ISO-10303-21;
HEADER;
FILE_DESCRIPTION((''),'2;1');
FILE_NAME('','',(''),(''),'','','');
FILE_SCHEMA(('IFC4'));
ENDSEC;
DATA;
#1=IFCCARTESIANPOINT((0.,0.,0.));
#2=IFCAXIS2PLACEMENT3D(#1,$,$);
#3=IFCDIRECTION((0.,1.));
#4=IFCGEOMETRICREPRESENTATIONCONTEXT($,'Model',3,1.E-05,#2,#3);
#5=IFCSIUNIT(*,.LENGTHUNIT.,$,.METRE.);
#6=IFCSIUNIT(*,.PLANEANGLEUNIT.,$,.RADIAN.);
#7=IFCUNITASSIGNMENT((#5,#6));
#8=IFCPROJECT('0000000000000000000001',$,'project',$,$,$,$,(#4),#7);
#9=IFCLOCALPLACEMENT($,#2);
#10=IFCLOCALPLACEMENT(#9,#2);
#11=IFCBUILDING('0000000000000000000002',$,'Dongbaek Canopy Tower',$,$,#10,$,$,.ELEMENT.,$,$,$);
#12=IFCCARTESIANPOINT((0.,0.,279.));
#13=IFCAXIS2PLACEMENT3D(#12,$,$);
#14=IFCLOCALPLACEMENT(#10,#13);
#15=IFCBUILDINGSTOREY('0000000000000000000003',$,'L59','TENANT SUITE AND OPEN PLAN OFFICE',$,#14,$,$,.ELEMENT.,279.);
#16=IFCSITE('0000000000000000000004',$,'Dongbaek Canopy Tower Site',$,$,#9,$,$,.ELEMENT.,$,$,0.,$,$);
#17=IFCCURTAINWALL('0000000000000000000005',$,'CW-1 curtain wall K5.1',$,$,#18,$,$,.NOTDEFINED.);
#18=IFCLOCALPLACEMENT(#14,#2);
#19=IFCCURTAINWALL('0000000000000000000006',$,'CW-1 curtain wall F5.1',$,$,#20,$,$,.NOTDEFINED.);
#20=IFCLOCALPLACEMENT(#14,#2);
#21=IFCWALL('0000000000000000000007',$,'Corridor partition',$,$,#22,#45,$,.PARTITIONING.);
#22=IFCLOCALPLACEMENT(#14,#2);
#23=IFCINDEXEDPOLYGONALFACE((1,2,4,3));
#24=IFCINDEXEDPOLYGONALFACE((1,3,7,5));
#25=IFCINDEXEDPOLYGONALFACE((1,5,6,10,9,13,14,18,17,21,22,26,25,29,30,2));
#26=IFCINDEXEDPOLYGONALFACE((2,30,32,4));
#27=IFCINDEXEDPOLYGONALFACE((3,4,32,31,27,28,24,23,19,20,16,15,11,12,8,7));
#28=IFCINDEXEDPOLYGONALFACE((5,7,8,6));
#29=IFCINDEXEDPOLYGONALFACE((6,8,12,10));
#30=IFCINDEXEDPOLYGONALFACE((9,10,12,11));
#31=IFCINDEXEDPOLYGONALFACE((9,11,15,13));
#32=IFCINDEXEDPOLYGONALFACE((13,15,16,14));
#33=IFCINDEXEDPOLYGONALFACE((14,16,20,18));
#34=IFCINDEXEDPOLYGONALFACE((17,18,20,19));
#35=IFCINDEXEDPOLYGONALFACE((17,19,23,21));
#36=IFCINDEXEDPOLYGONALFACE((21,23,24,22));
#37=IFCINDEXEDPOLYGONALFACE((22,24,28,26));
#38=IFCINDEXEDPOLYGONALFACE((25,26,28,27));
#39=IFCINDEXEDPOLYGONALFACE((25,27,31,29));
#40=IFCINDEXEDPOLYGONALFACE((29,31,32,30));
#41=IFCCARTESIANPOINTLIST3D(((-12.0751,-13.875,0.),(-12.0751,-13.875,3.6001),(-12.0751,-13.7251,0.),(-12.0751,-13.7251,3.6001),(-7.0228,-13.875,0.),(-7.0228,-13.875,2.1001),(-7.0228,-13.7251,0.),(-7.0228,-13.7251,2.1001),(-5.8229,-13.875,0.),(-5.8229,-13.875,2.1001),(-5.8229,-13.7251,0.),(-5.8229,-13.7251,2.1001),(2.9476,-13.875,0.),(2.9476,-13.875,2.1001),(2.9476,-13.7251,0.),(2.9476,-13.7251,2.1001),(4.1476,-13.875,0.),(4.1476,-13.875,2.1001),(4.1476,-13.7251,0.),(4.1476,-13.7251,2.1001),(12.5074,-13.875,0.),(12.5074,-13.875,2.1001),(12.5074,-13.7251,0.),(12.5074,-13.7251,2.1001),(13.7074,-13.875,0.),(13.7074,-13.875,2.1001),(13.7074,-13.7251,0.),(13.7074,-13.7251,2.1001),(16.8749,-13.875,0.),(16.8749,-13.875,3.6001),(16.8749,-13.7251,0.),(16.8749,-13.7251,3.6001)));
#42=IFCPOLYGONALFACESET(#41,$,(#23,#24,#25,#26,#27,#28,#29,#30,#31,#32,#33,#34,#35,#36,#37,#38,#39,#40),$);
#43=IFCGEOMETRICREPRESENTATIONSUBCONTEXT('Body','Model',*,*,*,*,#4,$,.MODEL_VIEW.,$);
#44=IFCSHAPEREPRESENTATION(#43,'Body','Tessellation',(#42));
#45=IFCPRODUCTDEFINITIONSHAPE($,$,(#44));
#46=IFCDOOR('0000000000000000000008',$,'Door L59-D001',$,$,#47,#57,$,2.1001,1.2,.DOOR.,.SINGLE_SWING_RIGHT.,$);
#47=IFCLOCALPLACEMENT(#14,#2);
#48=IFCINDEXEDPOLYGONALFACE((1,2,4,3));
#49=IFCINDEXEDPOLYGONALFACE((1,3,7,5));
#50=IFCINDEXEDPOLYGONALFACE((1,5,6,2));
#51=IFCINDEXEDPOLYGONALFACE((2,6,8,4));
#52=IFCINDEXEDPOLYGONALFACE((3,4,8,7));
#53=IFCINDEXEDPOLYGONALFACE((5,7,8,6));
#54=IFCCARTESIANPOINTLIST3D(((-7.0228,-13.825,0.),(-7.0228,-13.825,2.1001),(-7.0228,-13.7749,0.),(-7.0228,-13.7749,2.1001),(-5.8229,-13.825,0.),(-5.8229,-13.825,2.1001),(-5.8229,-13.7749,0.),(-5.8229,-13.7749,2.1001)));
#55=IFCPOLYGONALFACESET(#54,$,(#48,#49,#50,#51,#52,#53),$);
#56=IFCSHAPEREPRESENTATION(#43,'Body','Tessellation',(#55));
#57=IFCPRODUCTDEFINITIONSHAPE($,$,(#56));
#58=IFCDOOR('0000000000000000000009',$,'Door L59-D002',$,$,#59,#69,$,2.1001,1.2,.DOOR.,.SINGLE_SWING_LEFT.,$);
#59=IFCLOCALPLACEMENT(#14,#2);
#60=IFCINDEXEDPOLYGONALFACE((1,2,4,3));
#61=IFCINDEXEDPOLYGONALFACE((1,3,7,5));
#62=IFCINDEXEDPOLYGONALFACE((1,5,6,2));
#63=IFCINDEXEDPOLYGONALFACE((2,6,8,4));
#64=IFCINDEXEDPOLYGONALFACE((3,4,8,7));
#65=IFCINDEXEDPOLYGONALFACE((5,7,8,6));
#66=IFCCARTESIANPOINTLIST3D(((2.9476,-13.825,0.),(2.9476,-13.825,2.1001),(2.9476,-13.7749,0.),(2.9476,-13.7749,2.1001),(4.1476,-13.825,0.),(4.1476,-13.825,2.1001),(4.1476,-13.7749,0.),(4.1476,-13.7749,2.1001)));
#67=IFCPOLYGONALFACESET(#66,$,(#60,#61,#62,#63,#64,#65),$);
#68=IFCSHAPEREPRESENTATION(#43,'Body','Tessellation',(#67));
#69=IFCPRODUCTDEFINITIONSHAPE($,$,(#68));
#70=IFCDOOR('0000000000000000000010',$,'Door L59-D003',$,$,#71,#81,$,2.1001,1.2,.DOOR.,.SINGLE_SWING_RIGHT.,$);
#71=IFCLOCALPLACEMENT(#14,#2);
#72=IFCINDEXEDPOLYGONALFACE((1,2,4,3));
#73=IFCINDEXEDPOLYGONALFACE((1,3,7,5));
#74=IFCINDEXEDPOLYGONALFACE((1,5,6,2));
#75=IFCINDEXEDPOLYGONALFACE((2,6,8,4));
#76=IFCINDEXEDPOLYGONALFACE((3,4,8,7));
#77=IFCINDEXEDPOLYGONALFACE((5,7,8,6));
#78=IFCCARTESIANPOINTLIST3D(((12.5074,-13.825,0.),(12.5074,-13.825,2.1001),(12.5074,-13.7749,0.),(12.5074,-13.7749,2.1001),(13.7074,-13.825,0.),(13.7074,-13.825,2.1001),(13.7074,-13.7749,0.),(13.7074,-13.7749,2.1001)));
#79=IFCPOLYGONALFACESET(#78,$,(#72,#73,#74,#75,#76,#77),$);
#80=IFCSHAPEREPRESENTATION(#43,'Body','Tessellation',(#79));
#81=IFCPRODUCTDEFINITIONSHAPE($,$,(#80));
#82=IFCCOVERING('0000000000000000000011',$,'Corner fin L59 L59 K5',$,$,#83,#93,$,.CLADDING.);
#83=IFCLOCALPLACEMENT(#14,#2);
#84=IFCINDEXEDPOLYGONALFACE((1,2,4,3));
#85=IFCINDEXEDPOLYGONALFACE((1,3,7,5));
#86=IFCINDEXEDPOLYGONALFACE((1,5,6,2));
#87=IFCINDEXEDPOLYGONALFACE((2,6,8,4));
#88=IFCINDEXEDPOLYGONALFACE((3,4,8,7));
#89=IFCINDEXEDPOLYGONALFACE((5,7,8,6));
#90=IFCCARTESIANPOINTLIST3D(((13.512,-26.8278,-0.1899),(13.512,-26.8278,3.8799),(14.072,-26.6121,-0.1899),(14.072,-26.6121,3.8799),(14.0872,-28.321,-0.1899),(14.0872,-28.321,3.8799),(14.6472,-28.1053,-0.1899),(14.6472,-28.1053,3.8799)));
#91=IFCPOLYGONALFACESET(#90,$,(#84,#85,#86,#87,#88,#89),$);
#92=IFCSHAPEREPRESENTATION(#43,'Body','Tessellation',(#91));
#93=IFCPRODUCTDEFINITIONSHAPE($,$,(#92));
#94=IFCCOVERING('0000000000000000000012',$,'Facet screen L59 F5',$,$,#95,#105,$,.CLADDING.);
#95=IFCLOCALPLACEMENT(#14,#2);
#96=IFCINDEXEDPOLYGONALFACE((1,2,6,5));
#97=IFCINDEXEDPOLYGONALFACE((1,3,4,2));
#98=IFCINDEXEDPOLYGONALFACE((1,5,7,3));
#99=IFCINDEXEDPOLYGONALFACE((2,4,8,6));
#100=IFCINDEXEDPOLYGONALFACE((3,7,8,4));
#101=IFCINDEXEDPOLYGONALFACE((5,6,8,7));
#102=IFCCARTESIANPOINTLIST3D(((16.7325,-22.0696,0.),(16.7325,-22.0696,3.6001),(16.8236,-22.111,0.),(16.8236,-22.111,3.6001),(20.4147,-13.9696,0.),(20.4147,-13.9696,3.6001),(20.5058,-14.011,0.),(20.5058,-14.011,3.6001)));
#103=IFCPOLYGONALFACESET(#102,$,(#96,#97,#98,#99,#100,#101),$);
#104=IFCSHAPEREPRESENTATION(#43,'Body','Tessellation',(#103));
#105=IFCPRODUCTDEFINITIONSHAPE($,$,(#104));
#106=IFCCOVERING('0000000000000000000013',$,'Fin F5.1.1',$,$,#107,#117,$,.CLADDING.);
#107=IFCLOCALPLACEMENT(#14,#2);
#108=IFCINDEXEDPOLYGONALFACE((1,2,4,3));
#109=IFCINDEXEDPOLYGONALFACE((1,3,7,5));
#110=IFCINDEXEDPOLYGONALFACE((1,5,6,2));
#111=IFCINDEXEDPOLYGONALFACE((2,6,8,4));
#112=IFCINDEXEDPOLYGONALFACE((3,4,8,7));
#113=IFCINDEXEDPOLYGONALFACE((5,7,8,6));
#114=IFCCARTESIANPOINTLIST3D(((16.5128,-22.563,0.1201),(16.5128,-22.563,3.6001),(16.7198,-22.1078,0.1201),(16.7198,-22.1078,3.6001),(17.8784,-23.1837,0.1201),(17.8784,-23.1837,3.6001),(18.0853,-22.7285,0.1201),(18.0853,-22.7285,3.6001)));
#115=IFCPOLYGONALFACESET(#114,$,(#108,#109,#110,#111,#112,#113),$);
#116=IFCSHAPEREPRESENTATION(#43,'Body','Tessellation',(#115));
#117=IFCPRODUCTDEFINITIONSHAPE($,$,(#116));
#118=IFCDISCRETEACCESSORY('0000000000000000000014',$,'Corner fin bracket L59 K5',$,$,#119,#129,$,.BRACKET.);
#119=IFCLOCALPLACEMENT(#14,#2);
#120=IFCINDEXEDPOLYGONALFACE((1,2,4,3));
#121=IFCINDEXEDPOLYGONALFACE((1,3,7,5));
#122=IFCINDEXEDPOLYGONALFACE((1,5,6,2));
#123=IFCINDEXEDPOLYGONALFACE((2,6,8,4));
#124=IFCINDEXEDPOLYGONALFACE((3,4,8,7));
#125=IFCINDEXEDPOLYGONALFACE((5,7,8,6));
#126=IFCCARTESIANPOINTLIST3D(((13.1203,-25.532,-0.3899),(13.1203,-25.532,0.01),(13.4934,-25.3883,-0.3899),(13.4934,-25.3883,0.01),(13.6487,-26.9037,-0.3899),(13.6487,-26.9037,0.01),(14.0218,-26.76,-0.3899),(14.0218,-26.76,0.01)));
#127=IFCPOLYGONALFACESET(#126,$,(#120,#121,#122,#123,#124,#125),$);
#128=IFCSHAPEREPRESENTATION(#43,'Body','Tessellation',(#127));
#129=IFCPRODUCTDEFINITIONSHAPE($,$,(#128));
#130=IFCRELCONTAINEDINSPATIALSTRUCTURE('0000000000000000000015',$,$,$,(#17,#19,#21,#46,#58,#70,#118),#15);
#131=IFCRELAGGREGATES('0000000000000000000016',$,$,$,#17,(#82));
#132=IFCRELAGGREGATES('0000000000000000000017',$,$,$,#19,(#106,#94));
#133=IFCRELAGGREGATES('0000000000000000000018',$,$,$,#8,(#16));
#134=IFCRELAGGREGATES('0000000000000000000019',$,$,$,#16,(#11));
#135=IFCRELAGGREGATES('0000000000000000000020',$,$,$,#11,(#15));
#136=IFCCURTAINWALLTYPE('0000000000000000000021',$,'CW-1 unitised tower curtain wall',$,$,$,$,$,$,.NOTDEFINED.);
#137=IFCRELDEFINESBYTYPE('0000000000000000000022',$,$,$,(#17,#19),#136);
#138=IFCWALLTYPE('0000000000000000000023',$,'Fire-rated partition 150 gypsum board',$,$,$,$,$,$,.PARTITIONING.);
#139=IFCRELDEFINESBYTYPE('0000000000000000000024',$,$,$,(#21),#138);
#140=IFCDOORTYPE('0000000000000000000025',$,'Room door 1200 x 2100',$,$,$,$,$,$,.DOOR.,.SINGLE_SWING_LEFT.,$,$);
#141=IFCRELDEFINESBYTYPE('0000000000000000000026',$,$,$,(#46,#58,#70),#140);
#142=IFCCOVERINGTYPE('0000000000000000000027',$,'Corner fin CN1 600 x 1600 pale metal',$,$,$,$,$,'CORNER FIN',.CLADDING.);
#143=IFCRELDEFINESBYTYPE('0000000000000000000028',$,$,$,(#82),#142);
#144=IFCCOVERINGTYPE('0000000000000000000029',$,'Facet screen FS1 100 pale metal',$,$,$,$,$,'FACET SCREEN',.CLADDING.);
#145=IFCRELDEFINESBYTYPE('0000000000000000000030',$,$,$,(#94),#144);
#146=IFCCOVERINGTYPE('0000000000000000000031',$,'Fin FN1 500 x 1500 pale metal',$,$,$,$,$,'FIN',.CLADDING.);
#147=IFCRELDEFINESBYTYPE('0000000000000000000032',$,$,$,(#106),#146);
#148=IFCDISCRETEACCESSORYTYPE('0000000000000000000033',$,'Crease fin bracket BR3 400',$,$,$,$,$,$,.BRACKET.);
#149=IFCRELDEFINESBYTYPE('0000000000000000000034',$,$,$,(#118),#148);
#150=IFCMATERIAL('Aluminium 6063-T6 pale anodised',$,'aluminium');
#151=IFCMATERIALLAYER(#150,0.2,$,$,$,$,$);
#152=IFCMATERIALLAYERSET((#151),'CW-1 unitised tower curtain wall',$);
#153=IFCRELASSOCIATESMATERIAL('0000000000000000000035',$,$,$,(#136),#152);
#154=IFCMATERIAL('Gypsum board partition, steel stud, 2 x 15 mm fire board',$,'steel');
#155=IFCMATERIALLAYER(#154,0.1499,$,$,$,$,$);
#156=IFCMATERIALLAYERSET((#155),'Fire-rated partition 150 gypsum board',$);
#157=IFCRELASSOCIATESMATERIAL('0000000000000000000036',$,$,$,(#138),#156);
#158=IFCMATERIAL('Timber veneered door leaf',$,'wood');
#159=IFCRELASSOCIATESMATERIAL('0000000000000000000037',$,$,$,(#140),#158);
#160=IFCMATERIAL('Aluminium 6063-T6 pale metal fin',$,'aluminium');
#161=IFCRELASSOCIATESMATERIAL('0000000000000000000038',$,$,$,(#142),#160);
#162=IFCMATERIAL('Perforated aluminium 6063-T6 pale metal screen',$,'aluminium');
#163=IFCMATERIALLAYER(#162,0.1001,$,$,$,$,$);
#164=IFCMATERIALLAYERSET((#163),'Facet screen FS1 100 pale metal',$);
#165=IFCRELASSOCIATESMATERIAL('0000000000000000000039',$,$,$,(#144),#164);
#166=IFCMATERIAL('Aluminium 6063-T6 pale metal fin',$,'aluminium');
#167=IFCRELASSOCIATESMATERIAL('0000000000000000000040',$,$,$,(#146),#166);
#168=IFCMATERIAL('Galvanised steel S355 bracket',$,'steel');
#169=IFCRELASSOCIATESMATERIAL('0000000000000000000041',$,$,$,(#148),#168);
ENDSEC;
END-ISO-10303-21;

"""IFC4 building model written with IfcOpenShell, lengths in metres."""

from ifc_helpers import new_model, si_unit, direction, frame, frame_2d, origin, origin_2d, place, context, subcontext, project, spatial, rectangle, extrude, material, layer, layer_set, material_profile, profile_set, type_object, element, fill, aggregate, save


model = new_model("IFC4")

# Units and contexts
model_context = context("Model", 3, precision=1e-05, world=origin(), true_north=direction((0.0, 1.0)))
body_context = subcontext(model_context, "Body", "Model", "MODEL_VIEW")
ifc_project = project(units=[si_unit("LENGTHUNIT", "METRE"), si_unit("PLANEANGLEUNIT", "RADIAN")], contexts=[model_context])

# Site, building, storey
site_placement = place(None, origin())
site = spatial("IfcSite", under=ifc_project, at=site_placement, Name="Dongbaek Canopy Tower Site", CompositionType="ELEMENT", RefElevation=0.0)
building_placement = place(site_placement, origin())
building = spatial("IfcBuilding", under=site, at=building_placement, Name="Dongbaek Canopy Tower", CompositionType="ELEMENT")
storey_placement = place(building_placement, frame((0.0, 0.0, 279.0)))
storey = spatial("IfcBuildingStorey", under=building, at=storey_placement, Name="L59", Description="TENANT SUITE AND OPEN PLAN OFFICE", CompositionType="ELEMENT", Elevation=279.0)

# Curtain walls
ifc_material_1 = material(Name="Aluminium 6063-T6 pale anodised", Category="aluminium")
ifc_layer_1 = layer(ifc_material_1, 0.2)
ifc_layer_set_1 = layer_set([ifc_layer_1], Name="CW-1 unitised tower curtain wall")
curtain_wall_type = type_object("IfcCurtainWallType", Name="CW-1 unitised tower curtain wall", PredefinedType="NOTDEFINED", material=ifc_layer_set_1)
curtain_wall_1_placement = place(storey_placement, origin())
curtain_wall_1 = element("IfcCurtainWall", 1, at=curtain_wall_1_placement, inside=storey, type_object=curtain_wall_type, Name="CW-1 curtain wall K5.1", PredefinedType="NOTDEFINED")
curtain_wall_2_placement = place(storey_placement, origin())
curtain_wall_2 = element("IfcCurtainWall", 2, at=curtain_wall_2_placement, inside=storey, type_object=curtain_wall_type, Name="CW-1 curtain wall F5.1", PredefinedType="NOTDEFINED")

# Wall, openings, doors
ifc_material_2 = material(Name="Gypsum board partition, steel stud, 2 x 15 mm fire board", Category="steel")
ifc_layer_2 = layer(ifc_material_2, 0.1499)
ifc_layer_set_2 = layer_set([ifc_layer_2], Name="Fire-rated partition 150 gypsum board")
wall_type_1 = type_object("IfcWallType", Name="Fire-rated partition 150 gypsum board", PredefinedType="PARTITIONING", material=ifc_layer_set_2)
wall_1_placement = place(storey_placement, frame((16.875, -13.8, 0.0), z_axis=(0.0, 0.0, 1.0), x_axis=(-1.0, 0.0, 0.0)))
wall_1 = element("IfcWall", 3, at=wall_1_placement, inside=storey, type_object=wall_type_1, Name="Corridor partition", PredefinedType="PARTITIONING", context=body_context, shape_type="SweptSolid", body=[
    extrude(rectangle(XDim=28.95, YDim=0.1499, at=frame_2d((14.4751, 0.0))), origin(), (0.0, 0.0, 1.0), 3.6001),
])
opening_1_placement = place(wall_1_placement, frame((22.6978, 0.0, 0.0)))
opening_1 = element("IfcOpeningElement", 4, at=opening_1_placement, cuts=wall_1, PredefinedType="OPENING", context=body_context, shape_type="SweptSolid", body=[
    extrude(rectangle(XDim=1.2, YDim=2.1001, at=frame_2d((0.6001, 1.05))), frame((0.0, 0.085, 0.0), z_axis=(0.0, -1.0, 0.0), x_axis=(1.0, 0.0, 0.0)), (0.0, 0.0, 1.0), 0.1699),
])
opening_2_placement = place(wall_1_placement, frame((12.7273, 0.0, 0.0)))
opening_2 = element("IfcOpeningElement", 5, at=opening_2_placement, cuts=wall_1, PredefinedType="OPENING", context=body_context, shape_type="SweptSolid", body=[
    extrude(rectangle(XDim=1.2, YDim=2.1001, at=frame_2d((0.6001, 1.05))), frame((0.0, 0.085, 0.0), z_axis=(0.0, -1.0, 0.0), x_axis=(1.0, 0.0, 0.0)), (0.0, 0.0, 1.0), 0.1699),
])
opening_3_placement = place(wall_1_placement, frame((3.1675, 0.0, 0.0)))
opening_3 = element("IfcOpeningElement", 6, at=opening_3_placement, cuts=wall_1, PredefinedType="OPENING", context=body_context, shape_type="SweptSolid", body=[
    extrude(rectangle(XDim=1.2, YDim=2.1001, at=frame_2d((0.6001, 1.05))), frame((0.0, 0.085, 0.0), z_axis=(0.0, -1.0, 0.0), x_axis=(1.0, 0.0, 0.0)), (0.0, 0.0, 1.0), 0.1699),
])
ifc_material_3 = material(Name="Timber veneered door leaf", Category="wood")
door_type_1 = type_object("IfcDoorType", Name="Room door 1200 x 2100", OperationType="SINGLE_SWING_LEFT", PredefinedType="DOOR", material=ifc_material_3)
door_1_placement = place(opening_1_placement, origin())
door_1 = element("IfcDoor", 7, at=door_1_placement, inside=storey, type_object=door_type_1, Name="Door L59-D001", OperationType="SINGLE_SWING_RIGHT", OverallHeight=2.1001, OverallWidth=1.2, PredefinedType="DOOR", context=body_context, shape_type="SweptSolid", body=[
    extrude(rectangle(XDim=1.2, YDim=2.1001, at=frame_2d((0.6001, 1.05))), frame((0.0, 0.0249, 0.0), z_axis=(0.0, -1.0, 0.0), x_axis=(1.0, 0.0, 0.0)), (0.0, 0.0, 1.0), 0.05),
])
fill(opening_1, door_1)
door_2_placement = place(opening_2_placement, origin())
door_2 = element("IfcDoor", 8, at=door_2_placement, inside=storey, type_object=door_type_1, Name="Door L59-D002", OperationType="SINGLE_SWING_LEFT", OverallHeight=2.1001, OverallWidth=1.2, PredefinedType="DOOR", context=body_context, shape_type="SweptSolid", body=[
    extrude(rectangle(XDim=1.2, YDim=2.1001, at=frame_2d((0.6001, 1.05))), frame((0.0, 0.0249, 0.0), z_axis=(0.0, -1.0, 0.0), x_axis=(1.0, 0.0, 0.0)), (0.0, 0.0, 1.0), 0.05),
])
fill(opening_2, door_2)
door_3_placement = place(opening_3_placement, origin())
door_3 = element("IfcDoor", 9, at=door_3_placement, inside=storey, type_object=door_type_1, Name="Door L59-D003", OperationType="SINGLE_SWING_RIGHT", OverallHeight=2.1001, OverallWidth=1.2, PredefinedType="DOOR", context=body_context, shape_type="SweptSolid", body=[
    extrude(rectangle(XDim=1.2, YDim=2.1001, at=frame_2d((0.6001, 1.05))), frame((0.0, 0.0249, 0.0), z_axis=(0.0, -1.0, 0.0), x_axis=(1.0, 0.0, 0.0)), (0.0, 0.0, 1.0), 0.05),
])
fill(opening_3, door_3)

# Coverings
ifc_material_4 = material(Name="Aluminium 6063-T6 pale metal fin", Category="aluminium")
ifc_material_profile_1 = material_profile(ifc_material_4, rectangle(XDim=1.6001, YDim=0.6001, at=origin_2d()), Name="Corner fin CN1 600 x 1600 pale metal")
ifc_profile_set_1 = profile_set([ifc_material_profile_1], Name="Aluminium 6063-T6 pale metal fin")
covering_type_1 = type_object("IfcCoveringType", Name="Corner fin CN1 600 x 1600 pale metal", ElementType="CORNER FIN", PredefinedType="CLADDING", material=ifc_profile_set_1)
covering_1_placement = place(storey_placement, frame((14.0796, -27.4666, -0.1899), z_axis=(0.0, 0.0, 1.0), x_axis=(0.359456, -0.933162, 0.0)))
covering_1 = element("IfcCovering", 10, at=covering_1_placement, type_object=covering_type_1, Name="Corner fin L59 L59 K5", PredefinedType="CLADDING", context=body_context, shape_type="SweptSolid", body=[
    extrude(rectangle(XDim=1.6001, YDim=0.6001, at=origin_2d()), origin(), (0.0, 0.0, 1.0), 4.0698),
])
aggregate(curtain_wall_1, [covering_1])
ifc_material_5 = material(Name="Perforated aluminium 6063-T6 pale metal screen", Category="aluminium")
ifc_layer_3 = layer(ifc_material_5, 0.1001)
ifc_layer_set_3 = layer_set([ifc_layer_3], Name="Facet screen FS1 100 pale metal")
covering_type_2 = type_object("IfcCoveringType", Name="Facet screen FS1 100 pale metal", ElementType="FACET SCREEN", PredefinedType="CLADDING", material=ifc_layer_set_3)
covering_2_placement = place(storey_placement, frame((18.6191, -18.0403, 0.0), z_axis=(0.0, 0.0, 1.0), x_axis=(0.413837, 0.910351, 0.0)))
covering_2 = element("IfcCovering", 11, at=covering_2_placement, type_object=covering_type_2, Name="Facet screen L59 F5", PredefinedType="CLADDING", context=body_context, shape_type="SweptSolid", body=[
    extrude(rectangle(XDim=8.8977, YDim=0.1001, at=origin_2d()), origin(), (0.0, 0.0, 1.0), 3.6001),
])
ifc_material_6 = material(Name="Aluminium 6063-T6 pale metal fin", Category="aluminium")
ifc_material_profile_2 = material_profile(ifc_material_6, rectangle(XDim=1.5, YDim=0.5, at=origin_2d()), Name="Fin FN1 500 x 1500 pale metal")
ifc_profile_set_2 = profile_set([ifc_material_profile_2], Name="Aluminium 6063-T6 pale metal fin")
covering_type_3 = type_object("IfcCoveringType", Name="Fin FN1 500 x 1500 pale metal", ElementType="FIN", PredefinedType="CLADDING", material=ifc_profile_set_2)
covering_3_placement = place(storey_placement, frame((17.2991, -22.6458, 0.1201), z_axis=(0.0, 0.0, 1.0), x_axis=(0.910351, -0.413837, 0.0)))
covering_3 = element("IfcCovering", 12, at=covering_3_placement, type_object=covering_type_3, Name="Fin F5.1.1", PredefinedType="CLADDING", context=body_context, shape_type="SweptSolid", body=[
    extrude(rectangle(XDim=1.5, YDim=0.5, at=origin_2d()), origin(), (0.0, 0.0, 1.0), 3.48),
])
aggregate(curtain_wall_2, [covering_3, covering_2])

# Discrete accessory
ifc_material_7 = material(Name="Galvanised steel S355 bracket", Category="steel")
discrete_accessory_type = type_object("IfcDiscreteAccessoryType", Name="Crease fin bracket BR3 400", PredefinedType="BRACKET", material=ifc_material_7)
discrete_accessory_placement = place(storey_placement, frame((13.571, -26.146, -0.3899), z_axis=(0.0, 0.0, 1.0), x_axis=(0.359456, -0.933162, 0.0)))
element("IfcDiscreteAccessory", 13, at=discrete_accessory_placement, inside=storey, type_object=discrete_accessory_type, Name="Corner fin bracket L59 K5", PredefinedType="BRACKET", context=body_context, shape_type="SweptSolid", body=[
    extrude(rectangle(XDim=1.47, YDim=0.3999, at=origin_2d()), origin(), (0.0, 0.0, 1.0), 0.3999),
])

save(model, "model.ifc")
